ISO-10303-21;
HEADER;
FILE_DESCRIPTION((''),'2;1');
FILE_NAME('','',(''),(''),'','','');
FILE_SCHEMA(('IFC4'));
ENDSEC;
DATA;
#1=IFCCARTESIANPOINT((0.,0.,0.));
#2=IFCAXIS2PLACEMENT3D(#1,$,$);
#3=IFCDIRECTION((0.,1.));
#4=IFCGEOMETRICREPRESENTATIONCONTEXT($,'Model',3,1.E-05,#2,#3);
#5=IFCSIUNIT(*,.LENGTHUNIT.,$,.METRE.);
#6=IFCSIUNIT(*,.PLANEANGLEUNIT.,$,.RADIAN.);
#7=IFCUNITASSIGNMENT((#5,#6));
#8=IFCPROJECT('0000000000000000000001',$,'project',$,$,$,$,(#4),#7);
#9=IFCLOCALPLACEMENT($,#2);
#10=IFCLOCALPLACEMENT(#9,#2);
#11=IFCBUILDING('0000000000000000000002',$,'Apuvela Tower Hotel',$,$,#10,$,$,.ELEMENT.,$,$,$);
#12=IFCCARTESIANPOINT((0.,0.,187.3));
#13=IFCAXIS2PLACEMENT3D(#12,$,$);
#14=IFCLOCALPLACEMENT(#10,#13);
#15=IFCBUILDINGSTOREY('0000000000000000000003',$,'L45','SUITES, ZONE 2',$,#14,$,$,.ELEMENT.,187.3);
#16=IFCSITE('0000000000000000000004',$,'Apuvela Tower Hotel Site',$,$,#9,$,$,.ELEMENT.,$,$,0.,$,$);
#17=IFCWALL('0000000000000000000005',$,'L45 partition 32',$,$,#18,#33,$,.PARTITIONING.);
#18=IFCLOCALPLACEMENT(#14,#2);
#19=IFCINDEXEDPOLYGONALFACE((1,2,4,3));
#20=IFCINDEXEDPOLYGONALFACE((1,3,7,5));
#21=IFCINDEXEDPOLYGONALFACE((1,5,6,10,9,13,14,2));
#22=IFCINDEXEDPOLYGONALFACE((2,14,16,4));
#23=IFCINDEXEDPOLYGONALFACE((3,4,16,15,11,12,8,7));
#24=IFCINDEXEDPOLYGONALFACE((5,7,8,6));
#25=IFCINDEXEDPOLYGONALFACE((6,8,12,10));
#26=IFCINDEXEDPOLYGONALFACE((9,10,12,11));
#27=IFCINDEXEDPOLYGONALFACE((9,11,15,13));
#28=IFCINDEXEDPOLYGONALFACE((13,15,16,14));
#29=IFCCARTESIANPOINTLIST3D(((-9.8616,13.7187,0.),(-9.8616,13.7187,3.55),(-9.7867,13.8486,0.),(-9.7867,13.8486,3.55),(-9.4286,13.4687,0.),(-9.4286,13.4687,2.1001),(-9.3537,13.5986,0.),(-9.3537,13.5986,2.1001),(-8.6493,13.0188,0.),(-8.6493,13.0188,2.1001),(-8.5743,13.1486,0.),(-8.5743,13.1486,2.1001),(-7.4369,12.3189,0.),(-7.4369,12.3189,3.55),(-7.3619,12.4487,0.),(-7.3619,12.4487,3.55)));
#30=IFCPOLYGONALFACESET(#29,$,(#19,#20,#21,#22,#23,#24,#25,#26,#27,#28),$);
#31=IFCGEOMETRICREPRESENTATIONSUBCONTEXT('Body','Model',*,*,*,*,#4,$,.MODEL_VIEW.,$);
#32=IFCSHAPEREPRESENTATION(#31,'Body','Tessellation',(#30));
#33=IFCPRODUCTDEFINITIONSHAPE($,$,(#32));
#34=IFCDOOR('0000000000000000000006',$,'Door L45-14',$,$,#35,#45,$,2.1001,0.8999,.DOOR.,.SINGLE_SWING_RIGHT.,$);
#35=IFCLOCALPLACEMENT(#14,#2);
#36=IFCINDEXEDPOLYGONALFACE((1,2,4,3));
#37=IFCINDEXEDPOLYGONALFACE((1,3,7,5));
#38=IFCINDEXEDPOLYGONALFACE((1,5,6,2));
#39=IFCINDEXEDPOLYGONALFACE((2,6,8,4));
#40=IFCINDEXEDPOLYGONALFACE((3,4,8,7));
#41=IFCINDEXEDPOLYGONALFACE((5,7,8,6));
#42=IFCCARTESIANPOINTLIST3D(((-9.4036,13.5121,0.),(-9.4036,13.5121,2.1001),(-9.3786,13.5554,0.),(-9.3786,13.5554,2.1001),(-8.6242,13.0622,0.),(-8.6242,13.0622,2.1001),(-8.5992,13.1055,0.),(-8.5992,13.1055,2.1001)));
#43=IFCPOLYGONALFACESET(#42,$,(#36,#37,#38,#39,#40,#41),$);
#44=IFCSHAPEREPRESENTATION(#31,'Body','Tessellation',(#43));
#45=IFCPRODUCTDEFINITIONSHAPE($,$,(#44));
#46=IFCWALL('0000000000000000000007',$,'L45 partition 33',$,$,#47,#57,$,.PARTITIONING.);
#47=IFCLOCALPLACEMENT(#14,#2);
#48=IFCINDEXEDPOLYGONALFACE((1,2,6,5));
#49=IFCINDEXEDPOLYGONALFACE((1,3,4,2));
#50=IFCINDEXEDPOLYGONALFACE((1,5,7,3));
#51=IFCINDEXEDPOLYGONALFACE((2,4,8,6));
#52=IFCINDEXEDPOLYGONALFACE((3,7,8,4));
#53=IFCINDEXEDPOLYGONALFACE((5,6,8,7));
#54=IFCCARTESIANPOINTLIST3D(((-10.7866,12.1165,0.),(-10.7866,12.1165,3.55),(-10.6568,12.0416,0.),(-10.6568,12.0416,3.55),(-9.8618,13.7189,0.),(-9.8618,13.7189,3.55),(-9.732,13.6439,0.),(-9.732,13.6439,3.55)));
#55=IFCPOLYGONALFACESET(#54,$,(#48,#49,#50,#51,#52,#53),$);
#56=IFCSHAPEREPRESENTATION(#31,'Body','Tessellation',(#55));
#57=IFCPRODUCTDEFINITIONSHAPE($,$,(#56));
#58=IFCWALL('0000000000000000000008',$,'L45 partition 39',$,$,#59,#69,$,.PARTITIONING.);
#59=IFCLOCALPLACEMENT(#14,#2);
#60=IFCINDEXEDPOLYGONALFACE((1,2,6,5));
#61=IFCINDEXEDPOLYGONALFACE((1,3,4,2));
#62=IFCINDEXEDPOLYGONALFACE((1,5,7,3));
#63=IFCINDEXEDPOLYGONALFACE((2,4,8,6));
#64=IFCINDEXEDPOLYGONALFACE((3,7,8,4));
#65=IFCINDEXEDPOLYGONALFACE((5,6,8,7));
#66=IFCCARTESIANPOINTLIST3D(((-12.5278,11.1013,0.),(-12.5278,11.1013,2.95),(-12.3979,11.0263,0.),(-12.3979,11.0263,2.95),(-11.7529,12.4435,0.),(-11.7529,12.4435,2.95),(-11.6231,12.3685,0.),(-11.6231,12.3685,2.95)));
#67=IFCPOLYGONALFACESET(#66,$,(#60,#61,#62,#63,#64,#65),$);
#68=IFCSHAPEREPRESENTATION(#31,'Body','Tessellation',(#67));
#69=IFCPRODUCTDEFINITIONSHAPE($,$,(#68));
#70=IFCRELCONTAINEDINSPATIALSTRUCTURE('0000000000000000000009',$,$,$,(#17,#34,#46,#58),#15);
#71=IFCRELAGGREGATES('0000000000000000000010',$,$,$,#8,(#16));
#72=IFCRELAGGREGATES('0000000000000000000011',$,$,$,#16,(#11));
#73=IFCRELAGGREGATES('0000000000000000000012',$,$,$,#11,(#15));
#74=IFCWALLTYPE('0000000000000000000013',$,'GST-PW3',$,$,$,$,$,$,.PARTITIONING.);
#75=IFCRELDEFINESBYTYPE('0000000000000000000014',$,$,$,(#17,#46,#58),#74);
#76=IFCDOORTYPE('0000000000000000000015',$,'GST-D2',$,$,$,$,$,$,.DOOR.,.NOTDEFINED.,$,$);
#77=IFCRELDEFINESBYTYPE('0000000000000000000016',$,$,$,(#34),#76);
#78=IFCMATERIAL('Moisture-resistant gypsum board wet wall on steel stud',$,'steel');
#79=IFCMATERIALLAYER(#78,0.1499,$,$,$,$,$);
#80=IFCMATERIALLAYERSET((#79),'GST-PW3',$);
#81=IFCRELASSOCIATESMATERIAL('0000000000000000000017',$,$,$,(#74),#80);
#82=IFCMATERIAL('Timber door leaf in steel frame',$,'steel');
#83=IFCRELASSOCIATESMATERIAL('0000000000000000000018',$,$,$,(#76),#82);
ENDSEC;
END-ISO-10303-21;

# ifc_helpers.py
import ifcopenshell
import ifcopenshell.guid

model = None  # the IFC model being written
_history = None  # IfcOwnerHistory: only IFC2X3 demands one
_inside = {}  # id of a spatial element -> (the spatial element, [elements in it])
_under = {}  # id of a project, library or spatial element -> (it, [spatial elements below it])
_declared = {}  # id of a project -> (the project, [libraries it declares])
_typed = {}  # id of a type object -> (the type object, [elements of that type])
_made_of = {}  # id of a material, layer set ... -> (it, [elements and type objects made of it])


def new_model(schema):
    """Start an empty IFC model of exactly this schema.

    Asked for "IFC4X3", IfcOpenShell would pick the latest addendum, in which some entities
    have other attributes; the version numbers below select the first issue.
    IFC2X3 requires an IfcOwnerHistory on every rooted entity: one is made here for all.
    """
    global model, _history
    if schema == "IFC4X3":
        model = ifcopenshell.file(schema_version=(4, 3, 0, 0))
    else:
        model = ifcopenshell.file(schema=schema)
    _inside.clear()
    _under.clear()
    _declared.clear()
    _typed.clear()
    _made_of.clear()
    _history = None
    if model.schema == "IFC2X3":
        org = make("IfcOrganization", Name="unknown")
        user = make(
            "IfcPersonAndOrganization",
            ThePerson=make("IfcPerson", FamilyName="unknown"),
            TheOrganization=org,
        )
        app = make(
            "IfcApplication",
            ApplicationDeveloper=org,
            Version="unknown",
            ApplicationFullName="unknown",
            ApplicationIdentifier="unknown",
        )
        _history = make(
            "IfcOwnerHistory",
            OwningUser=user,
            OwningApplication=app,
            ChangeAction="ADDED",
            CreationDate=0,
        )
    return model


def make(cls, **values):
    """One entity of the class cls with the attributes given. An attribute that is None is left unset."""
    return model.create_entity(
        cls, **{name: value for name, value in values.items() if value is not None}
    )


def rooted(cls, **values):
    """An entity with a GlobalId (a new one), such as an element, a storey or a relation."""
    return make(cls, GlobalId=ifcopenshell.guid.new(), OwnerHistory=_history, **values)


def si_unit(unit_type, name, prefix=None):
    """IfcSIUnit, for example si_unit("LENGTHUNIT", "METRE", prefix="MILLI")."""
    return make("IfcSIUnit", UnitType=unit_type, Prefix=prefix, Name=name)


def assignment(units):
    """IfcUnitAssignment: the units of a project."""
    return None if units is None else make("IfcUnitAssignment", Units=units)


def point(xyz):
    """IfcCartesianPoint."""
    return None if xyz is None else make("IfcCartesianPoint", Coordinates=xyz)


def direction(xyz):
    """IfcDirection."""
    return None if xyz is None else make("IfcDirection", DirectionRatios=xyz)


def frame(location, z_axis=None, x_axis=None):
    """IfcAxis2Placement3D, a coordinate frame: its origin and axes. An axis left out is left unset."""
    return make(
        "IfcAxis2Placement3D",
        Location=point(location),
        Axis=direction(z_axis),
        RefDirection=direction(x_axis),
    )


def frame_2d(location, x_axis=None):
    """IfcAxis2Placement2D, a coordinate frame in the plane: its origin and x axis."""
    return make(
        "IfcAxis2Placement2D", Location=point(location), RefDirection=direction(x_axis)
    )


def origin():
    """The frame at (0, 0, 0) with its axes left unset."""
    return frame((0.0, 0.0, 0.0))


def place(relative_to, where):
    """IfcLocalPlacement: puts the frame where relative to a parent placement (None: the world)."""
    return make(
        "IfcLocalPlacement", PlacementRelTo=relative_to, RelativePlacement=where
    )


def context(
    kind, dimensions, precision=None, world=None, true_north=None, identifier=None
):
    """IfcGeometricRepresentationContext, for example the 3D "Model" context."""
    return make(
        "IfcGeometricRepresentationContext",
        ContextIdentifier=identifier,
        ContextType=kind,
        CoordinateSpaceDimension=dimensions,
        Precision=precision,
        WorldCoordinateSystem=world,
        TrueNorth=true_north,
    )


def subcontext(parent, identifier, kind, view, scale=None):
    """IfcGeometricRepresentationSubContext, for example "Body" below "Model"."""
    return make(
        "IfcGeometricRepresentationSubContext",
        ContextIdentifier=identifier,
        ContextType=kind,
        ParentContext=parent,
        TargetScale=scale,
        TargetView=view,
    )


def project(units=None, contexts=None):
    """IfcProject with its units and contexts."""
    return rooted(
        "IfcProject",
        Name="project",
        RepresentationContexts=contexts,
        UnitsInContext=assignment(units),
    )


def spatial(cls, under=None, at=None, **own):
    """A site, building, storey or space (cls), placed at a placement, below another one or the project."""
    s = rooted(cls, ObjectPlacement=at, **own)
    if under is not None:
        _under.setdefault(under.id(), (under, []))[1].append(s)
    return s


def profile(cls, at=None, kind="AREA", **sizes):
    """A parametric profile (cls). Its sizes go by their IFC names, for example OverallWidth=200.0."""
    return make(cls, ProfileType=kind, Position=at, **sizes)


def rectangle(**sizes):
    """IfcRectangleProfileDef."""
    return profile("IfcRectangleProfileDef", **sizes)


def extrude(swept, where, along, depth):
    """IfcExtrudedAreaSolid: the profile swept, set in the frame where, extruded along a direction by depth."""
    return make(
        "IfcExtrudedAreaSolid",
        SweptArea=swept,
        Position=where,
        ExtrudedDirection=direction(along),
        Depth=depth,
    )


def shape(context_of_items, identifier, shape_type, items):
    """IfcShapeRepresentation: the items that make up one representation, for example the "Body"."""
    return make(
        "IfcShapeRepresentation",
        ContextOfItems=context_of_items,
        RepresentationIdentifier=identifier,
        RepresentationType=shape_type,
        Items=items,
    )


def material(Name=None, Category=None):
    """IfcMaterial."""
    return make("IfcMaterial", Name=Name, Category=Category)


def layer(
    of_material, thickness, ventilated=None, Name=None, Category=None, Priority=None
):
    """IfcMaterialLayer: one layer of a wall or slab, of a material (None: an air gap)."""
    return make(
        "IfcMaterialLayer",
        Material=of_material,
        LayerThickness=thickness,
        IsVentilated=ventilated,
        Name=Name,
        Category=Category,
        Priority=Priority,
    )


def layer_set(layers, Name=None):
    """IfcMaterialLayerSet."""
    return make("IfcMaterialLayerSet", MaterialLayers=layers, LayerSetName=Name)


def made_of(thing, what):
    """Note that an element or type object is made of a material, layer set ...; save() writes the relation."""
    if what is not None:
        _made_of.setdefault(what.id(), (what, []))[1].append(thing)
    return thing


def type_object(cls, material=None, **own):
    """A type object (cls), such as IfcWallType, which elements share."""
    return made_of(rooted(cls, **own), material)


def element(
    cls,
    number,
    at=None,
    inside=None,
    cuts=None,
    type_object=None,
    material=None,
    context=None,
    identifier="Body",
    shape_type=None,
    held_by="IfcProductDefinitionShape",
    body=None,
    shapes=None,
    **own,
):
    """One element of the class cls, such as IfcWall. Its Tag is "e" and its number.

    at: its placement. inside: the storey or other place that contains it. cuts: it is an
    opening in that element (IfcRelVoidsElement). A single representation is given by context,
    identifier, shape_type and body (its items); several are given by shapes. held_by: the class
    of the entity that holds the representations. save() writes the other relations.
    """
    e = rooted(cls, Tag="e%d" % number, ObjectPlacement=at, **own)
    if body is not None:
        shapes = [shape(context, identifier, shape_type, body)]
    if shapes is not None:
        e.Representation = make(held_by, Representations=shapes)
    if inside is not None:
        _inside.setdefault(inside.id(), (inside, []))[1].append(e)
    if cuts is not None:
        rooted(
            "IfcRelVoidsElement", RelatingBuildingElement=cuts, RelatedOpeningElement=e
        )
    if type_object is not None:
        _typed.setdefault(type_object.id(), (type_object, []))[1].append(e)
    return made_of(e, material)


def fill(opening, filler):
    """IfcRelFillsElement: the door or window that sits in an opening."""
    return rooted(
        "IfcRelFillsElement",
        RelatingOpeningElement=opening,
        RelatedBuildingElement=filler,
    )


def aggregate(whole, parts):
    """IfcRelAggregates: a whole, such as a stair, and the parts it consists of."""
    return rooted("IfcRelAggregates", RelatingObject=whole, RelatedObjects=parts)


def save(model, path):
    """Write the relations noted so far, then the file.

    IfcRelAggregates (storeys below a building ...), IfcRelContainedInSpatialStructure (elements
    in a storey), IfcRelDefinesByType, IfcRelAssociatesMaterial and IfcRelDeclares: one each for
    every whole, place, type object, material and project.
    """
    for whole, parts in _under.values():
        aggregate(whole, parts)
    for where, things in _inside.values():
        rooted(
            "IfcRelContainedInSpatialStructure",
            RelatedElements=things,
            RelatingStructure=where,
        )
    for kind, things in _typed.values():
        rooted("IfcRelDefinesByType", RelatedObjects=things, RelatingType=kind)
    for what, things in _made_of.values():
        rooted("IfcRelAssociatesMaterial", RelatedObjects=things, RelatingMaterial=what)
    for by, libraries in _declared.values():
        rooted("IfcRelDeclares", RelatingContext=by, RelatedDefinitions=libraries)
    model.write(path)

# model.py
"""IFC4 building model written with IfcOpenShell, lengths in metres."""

from ifc_helpers import new_model, si_unit, direction, frame, frame_2d, origin, place, context, subcontext, project, spatial, rectangle, extrude, material, layer, layer_set, type_object, element, fill, save


model = new_model("IFC4")

# Units and contexts
model_context = context("Model", 3, precision=1e-05, world=origin(), true_north=direction((0.0, 1.0)))
body_context = subcontext(model_context, "Body", "Model", "MODEL_VIEW")
ifc_project = project(units=[si_unit("LENGTHUNIT", "METRE"), si_unit("PLANEANGLEUNIT", "RADIAN")], contexts=[model_context])

# Site, building, storey
site_placement = place(None, origin())
site = spatial("IfcSite", under=ifc_project, at=site_placement, Name="Apuvela Tower Hotel Site", CompositionType="ELEMENT", RefElevation=0.0)
building_placement = place(site_placement, origin())
building = spatial("IfcBuilding", under=site, at=building_placement, Name="Apuvela Tower Hotel", CompositionType="ELEMENT")
storey_placement = place(building_placement, frame((0.0, 0.0, 187.3)))
storey = spatial("IfcBuildingStorey", under=building, at=storey_placement, Name="L45", Description="SUITES, ZONE 2", CompositionType="ELEMENT", Elevation=187.3)

# Wall, opening, door
ifc_material_1 = material(Name="Moisture-resistant gypsum board wet wall on steel stud", Category="steel")
ifc_layer_1 = layer(ifc_material_1, 0.1499)
ifc_layer_set_1 = layer_set([ifc_layer_1], Name="GST-PW3")
wall_type_1 = type_object("IfcWallType", Name="GST-PW3", PredefinedType="PARTITIONING", material=ifc_layer_set_1)
wall_1_placement = place(storey_placement, frame((-7.3994, 12.3838, 0.0), z_axis=(0.0, 0.0, 1.0), x_axis=(-0.866035, 0.499984, 0.0)))
wall_1 = element("IfcWall", 1, at=wall_1_placement, inside=storey, type_object=wall_type_1, Name="L45 partition 32", PredefinedType="PARTITIONING", context=body_context, shape_type="SweptSolid", body=[
    extrude(rectangle(XDim=2.7998, YDim=0.1499, at=frame_2d((1.3999, 0.0))), origin(), (0.0, 0.0, 1.0), 3.55),
])
opening_1_placement = place(wall_1_placement, frame((1.3999, 0.0, 0.0)))
opening_1 = element("IfcOpeningElement", 2, at=opening_1_placement, cuts=wall_1, PredefinedType="OPENING", context=body_context, shape_type="SweptSolid", body=[
    extrude(rectangle(XDim=0.8999, YDim=2.1001, at=frame_2d((0.45, 1.05))), frame((0.0, 0.085, 0.0), z_axis=(0.0, -1.0, 0.0), x_axis=(1.0, 0.0, 0.0)), (0.0, 0.0, 1.0), 0.1699),
])
ifc_material_2 = material(Name="Timber door leaf in steel frame", Category="steel")
door_type_1 = type_object("IfcDoorType", Name="GST-D2", OperationType="NOTDEFINED", PredefinedType="DOOR", material=ifc_material_2)
door_1_placement = place(opening_1_placement, origin())
door_1 = element("IfcDoor", 3, at=door_1_placement, inside=storey, type_object=door_type_1, Name="Door L45-14", OperationType="SINGLE_SWING_RIGHT", OverallHeight=2.1001, OverallWidth=0.8999, PredefinedType="DOOR", context=body_context, shape_type="SweptSolid", body=[
    extrude(rectangle(XDim=0.8999, YDim=2.1001, at=frame_2d((0.45, 1.05))), frame((0.0, 0.0249, 0.0), z_axis=(0.0, -1.0, 0.0), x_axis=(1.0, 0.0, 0.0)), (0.0, 0.0, 1.0), 0.05),
])
fill(opening_1, door_1)

# Walls
wall_2_placement = place(storey_placement, frame((-9.7969, 13.6814, 0.0), z_axis=(0.0, 0.0, 1.0), x_axis=(-0.499886, -0.866091, 0.0)))
element("IfcWall", 4, at=wall_2_placement, inside=storey, type_object=wall_type_1, Name="L45 partition 33", PredefinedType="PARTITIONING", context=body_context, shape_type="SweptSolid", body=[
    extrude(rectangle(XDim=1.8501, YDim=0.1499, at=frame_2d((0.925, 0.0))), origin(), (0.0, 0.0, 1.0), 3.55),
])
wall_3_placement = place(storey_placement, frame((-11.688, 12.406, 0.0), z_axis=(0.0, 0.0, 1.0), x_axis=(-0.499968, -0.866044, 0.0)))
element("IfcWall", 5, at=wall_3_placement, inside=storey, type_object=wall_type_1, Name="L45 partition 39", PredefinedType="PARTITIONING", context=body_context, shape_type="SweptSolid", body=[
    extrude(rectangle(XDim=1.5498, YDim=0.1499, at=frame_2d((0.7749, 0.0))), origin(), (0.0, 0.0, 1.0), 2.95),
])

save(model, "model.ifc")
